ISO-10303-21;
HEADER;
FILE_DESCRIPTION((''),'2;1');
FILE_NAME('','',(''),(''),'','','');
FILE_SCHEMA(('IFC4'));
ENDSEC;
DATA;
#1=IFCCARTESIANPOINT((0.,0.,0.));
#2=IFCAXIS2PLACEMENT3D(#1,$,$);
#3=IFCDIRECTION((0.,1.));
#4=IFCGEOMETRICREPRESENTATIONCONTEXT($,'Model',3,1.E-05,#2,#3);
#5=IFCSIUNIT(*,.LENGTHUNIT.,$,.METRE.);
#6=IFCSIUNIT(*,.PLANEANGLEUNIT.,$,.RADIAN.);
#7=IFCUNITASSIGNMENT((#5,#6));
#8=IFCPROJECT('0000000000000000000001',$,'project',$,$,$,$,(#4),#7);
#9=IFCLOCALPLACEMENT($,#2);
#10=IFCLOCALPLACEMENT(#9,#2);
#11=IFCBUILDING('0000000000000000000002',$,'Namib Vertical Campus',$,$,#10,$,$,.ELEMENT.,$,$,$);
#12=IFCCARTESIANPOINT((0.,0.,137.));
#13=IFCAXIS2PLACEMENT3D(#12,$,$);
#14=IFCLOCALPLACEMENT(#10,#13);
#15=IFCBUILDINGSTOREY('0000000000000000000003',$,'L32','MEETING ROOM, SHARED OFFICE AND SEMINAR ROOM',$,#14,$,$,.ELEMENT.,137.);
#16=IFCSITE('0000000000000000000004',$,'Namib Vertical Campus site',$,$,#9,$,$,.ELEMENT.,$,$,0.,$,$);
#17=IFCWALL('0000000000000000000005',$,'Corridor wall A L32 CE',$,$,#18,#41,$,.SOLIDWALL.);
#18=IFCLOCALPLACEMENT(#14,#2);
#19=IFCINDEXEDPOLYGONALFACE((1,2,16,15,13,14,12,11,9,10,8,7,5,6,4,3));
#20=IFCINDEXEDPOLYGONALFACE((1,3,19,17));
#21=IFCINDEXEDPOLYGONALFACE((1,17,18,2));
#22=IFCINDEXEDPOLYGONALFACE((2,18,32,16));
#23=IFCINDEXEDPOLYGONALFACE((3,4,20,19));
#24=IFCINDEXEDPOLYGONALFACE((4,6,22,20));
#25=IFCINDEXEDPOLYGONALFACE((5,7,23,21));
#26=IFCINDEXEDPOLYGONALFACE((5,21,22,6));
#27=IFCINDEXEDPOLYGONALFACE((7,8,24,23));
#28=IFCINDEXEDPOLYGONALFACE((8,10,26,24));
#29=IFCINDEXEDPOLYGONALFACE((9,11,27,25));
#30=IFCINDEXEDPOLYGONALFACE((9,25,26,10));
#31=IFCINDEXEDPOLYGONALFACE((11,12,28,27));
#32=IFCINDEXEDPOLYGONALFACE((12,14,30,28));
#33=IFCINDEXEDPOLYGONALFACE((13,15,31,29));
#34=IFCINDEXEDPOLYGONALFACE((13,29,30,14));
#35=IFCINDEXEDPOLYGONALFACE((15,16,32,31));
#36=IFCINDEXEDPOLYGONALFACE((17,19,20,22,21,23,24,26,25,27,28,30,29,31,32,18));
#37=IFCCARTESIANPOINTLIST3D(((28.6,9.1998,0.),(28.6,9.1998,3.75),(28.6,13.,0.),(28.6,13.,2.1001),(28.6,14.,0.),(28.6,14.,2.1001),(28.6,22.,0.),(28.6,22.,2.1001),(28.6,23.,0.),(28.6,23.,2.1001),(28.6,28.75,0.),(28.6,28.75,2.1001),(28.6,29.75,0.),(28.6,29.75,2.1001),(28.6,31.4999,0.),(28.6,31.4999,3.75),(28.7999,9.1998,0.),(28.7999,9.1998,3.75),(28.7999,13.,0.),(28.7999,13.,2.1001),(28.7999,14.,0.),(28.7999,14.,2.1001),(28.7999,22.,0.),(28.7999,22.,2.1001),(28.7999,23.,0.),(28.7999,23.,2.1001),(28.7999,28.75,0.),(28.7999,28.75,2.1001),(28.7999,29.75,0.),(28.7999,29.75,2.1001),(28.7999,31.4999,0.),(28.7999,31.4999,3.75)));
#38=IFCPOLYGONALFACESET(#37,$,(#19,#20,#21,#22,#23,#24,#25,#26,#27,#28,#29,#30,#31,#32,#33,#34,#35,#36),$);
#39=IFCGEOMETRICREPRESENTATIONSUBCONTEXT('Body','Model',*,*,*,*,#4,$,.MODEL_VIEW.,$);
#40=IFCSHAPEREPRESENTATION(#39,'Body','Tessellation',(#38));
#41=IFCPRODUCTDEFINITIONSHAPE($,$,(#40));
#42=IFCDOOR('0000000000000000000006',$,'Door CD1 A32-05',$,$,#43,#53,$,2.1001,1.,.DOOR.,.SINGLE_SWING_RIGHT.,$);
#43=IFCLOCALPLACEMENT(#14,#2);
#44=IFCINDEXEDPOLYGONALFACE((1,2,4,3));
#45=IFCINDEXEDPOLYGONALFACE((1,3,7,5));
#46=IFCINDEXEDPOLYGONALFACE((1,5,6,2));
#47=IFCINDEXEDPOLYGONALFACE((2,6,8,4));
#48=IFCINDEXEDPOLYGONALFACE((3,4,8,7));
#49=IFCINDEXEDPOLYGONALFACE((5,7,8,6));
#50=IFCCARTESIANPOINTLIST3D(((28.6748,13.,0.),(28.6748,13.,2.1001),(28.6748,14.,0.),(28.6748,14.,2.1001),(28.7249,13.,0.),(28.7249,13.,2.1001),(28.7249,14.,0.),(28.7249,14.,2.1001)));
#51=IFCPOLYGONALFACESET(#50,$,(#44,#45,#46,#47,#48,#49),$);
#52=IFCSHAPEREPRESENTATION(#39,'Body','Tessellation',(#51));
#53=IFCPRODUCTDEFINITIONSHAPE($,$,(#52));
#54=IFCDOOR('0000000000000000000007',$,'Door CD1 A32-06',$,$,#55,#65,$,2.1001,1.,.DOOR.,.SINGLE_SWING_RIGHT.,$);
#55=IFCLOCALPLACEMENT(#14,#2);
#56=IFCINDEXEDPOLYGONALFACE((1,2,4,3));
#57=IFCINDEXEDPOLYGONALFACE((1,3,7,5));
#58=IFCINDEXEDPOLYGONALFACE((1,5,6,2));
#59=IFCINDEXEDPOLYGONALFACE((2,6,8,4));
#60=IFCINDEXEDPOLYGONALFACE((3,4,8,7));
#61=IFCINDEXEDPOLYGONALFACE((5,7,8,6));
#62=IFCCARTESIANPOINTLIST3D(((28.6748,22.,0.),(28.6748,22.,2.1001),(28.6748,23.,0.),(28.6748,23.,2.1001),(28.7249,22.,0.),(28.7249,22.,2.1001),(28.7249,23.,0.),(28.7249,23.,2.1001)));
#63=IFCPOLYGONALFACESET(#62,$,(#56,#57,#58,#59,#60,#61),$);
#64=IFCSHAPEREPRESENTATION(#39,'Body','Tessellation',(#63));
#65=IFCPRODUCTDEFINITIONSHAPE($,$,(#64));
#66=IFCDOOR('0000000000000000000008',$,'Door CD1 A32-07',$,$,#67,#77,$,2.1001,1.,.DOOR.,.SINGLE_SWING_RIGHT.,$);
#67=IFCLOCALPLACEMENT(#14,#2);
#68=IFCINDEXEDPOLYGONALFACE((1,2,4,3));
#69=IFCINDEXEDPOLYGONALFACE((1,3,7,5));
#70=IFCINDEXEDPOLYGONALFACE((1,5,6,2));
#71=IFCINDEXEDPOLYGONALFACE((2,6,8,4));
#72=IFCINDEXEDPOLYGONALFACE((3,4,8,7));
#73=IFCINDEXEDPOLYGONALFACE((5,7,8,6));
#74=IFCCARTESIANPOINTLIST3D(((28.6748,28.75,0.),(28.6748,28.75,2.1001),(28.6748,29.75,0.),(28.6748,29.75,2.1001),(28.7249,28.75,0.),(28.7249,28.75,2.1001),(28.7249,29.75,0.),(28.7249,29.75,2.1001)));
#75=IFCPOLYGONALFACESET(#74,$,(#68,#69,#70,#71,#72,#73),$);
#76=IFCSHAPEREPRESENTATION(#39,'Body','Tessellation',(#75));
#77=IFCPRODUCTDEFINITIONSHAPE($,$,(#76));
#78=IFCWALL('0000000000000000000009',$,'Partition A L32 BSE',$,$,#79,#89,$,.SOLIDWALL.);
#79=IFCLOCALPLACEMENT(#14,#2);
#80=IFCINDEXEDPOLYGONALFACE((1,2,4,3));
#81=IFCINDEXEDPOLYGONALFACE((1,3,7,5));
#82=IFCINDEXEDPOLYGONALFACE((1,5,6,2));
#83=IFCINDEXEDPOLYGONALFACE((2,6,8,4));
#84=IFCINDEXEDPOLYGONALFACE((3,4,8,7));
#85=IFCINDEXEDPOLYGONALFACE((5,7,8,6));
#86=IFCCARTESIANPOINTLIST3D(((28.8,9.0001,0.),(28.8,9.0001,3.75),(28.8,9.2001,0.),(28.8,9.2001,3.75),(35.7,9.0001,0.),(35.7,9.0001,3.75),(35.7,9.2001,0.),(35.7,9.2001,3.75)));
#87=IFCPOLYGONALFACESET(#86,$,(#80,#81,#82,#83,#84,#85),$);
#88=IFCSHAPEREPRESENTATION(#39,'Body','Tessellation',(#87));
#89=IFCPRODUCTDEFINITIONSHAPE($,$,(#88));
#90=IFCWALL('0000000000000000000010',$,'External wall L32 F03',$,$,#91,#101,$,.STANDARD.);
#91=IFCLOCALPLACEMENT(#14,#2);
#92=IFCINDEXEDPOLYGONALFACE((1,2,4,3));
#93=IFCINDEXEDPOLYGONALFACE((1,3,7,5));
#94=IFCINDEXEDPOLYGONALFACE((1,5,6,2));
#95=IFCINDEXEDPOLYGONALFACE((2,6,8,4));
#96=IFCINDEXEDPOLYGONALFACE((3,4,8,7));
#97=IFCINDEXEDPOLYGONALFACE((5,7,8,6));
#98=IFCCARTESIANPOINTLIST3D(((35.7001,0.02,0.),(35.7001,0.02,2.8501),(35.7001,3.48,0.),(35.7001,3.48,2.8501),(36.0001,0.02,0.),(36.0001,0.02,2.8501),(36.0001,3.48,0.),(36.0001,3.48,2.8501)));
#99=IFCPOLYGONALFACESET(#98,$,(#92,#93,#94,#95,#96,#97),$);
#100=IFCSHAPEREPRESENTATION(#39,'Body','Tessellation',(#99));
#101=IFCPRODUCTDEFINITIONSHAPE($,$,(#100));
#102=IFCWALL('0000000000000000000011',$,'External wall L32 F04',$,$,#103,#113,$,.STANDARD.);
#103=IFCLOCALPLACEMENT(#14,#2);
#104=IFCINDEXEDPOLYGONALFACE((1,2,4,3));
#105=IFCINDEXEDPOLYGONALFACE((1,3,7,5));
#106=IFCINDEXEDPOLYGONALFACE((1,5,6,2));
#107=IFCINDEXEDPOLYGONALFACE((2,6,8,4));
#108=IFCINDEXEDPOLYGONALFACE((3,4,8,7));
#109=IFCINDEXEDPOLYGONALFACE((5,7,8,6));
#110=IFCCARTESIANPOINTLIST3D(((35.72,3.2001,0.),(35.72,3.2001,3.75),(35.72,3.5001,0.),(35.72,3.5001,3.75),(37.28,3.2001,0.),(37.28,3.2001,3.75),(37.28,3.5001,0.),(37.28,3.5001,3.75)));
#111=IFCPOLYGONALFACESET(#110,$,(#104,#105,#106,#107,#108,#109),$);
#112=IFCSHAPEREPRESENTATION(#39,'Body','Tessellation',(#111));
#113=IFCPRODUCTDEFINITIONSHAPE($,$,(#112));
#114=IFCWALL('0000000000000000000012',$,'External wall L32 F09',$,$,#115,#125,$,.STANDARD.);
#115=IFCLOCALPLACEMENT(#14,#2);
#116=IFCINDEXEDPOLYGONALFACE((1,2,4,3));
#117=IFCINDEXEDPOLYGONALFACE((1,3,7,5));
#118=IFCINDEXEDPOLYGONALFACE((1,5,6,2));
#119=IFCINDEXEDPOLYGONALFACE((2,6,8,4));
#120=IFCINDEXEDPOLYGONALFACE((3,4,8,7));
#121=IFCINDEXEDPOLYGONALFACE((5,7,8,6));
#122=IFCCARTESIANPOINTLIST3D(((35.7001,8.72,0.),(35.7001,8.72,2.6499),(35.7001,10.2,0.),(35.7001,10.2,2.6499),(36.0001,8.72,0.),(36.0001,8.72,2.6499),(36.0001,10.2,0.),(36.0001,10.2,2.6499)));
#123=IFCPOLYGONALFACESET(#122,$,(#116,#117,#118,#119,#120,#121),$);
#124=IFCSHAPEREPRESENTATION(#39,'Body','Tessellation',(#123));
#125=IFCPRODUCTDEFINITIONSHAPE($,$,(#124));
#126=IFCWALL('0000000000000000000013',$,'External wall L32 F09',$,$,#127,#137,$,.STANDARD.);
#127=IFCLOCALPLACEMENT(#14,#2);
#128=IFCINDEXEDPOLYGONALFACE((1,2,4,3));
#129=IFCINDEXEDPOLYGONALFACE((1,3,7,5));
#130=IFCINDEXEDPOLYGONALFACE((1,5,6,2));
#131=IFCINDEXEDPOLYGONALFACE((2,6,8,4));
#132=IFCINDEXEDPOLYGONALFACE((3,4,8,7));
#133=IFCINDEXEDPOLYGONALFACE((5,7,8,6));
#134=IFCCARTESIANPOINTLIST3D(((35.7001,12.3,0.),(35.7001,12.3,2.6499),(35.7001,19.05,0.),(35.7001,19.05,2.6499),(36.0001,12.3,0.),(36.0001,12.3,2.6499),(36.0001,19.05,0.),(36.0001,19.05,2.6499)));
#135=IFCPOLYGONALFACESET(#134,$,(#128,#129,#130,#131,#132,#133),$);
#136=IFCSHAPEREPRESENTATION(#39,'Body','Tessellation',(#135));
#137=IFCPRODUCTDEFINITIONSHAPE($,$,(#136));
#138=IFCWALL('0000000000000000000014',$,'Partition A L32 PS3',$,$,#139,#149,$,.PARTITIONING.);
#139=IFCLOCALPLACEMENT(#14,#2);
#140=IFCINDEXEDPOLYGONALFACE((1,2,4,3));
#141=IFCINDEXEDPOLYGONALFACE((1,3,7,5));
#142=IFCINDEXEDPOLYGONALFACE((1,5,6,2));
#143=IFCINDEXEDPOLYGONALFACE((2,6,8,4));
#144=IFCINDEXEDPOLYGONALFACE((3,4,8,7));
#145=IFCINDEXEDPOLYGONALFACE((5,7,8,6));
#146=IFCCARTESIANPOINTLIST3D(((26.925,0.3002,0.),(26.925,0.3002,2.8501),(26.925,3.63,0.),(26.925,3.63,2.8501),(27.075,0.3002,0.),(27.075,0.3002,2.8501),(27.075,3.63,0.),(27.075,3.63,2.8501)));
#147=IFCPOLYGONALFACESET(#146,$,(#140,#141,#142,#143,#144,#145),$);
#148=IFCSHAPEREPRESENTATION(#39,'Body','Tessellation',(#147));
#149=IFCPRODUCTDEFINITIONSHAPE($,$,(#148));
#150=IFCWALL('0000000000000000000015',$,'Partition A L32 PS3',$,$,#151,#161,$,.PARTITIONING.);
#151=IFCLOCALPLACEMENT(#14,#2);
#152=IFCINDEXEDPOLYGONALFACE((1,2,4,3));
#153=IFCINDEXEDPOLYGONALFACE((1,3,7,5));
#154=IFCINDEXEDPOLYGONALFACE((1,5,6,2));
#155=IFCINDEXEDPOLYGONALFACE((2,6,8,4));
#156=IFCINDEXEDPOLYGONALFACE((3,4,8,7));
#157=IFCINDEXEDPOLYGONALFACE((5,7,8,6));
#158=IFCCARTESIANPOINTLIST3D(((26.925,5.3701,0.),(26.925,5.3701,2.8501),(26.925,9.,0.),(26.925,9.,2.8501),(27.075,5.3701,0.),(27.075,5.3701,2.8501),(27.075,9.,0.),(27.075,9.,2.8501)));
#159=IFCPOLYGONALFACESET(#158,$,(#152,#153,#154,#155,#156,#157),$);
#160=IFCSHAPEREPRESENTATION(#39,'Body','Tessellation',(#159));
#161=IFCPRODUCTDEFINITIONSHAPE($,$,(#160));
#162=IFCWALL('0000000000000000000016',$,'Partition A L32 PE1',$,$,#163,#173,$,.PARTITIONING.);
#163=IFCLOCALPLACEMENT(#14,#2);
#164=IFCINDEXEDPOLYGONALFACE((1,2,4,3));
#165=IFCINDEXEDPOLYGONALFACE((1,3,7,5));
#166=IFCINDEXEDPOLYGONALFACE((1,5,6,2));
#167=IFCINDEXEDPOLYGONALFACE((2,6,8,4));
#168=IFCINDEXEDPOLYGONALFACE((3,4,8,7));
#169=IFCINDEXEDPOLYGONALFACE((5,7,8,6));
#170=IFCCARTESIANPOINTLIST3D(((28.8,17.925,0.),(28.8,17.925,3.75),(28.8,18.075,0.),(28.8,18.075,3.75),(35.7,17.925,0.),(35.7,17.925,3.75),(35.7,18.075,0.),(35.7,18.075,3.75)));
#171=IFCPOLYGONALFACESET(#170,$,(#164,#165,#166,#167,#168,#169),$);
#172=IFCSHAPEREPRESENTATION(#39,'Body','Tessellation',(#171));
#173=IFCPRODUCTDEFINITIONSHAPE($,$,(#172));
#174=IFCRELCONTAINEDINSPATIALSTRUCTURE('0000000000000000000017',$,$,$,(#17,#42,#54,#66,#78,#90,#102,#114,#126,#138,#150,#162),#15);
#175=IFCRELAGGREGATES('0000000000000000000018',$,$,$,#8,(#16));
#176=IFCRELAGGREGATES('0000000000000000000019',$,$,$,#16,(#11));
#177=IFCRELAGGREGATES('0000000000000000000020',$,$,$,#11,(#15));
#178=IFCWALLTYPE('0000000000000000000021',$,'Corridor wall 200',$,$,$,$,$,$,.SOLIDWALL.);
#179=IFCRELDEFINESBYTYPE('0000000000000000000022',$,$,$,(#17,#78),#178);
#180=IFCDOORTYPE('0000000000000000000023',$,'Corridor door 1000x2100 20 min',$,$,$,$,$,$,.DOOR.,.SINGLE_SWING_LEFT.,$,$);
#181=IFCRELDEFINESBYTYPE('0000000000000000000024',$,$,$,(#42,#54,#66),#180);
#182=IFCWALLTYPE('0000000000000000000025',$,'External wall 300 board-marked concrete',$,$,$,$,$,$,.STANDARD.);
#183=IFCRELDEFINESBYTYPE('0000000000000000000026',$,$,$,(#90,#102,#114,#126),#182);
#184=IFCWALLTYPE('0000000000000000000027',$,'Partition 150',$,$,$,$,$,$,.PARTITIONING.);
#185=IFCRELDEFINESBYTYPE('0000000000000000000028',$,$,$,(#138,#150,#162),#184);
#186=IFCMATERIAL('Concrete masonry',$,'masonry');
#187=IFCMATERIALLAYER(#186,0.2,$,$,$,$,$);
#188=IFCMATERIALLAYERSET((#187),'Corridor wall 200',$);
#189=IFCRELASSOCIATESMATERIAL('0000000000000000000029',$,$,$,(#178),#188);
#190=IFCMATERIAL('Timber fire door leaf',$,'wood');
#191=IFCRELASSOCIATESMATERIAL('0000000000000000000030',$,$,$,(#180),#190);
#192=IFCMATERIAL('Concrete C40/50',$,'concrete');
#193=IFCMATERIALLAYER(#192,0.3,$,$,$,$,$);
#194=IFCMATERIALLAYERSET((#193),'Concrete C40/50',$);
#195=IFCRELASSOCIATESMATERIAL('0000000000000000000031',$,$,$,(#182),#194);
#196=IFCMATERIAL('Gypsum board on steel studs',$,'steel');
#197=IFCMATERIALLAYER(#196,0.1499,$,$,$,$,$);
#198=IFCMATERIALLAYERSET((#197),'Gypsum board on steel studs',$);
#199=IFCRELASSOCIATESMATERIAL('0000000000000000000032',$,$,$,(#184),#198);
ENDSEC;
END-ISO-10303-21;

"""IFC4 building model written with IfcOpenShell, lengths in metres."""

from ifc_helpers import new_model, si_unit, direction, frame, frame_2d, origin, place, context, subcontext, project, spatial, rectangle, extrude, material, layer, layer_set, type_object, element, fill, save


model = new_model("IFC4")

# Units and contexts
model_context = context("Model", 3, precision=1e-05, world=origin(), true_north=direction((0.0, 1.0)))
body_context = subcontext(model_context, "Body", "Model", "MODEL_VIEW")
ifc_project = project(units=[si_unit("LENGTHUNIT", "METRE"), si_unit("PLANEANGLEUNIT", "RADIAN")], contexts=[model_context])

# Site, building, storey
site_placement = place(None, origin())
site = spatial("IfcSite", under=ifc_project, at=site_placement, Name="Namib Vertical Campus site", CompositionType="ELEMENT", RefElevation=0.0)
building_placement = place(site_placement, origin())
building = spatial("IfcBuilding", under=site, at=building_placement, Name="Namib Vertical Campus", CompositionType="ELEMENT")
storey_placement = place(building_placement, frame((0.0, 0.0, 137.0)))
storey = spatial("IfcBuildingStorey", under=building, at=storey_placement, Name="L32", Description="MEETING ROOM, SHARED OFFICE AND SEMINAR ROOM", CompositionType="ELEMENT", Elevation=137.0)

# Wall, openings, doors
ifc_material_1 = material(Name="Concrete masonry", Category="masonry")
ifc_layer_1 = layer(ifc_material_1, 0.2)
ifc_layer_set_1 = layer_set([ifc_layer_1], Name="Corridor wall 200")
wall_type_1 = type_object("IfcWallType", Name="Corridor wall 200", PredefinedType="SOLIDWALL", material=ifc_layer_set_1)
wall_1_placement = place(storey_placement, frame((28.7, 9.2, 0.0), z_axis=(0.0, 0.0, 1.0), x_axis=(0.0, 1.0, 0.0)))
wall_1 = element("IfcWall", 1, at=wall_1_placement, inside=storey, type_object=wall_type_1, Name="Corridor wall A L32 CE", PredefinedType="SOLIDWALL", context=body_context, shape_type="SweptSolid", body=[
    extrude(rectangle(XDim=22.3, YDim=0.2, at=frame_2d((11.1499, 0.0))), origin(), (0.0, 0.0, 1.0), 3.75),
])
opening_1_placement = place(wall_1_placement, frame((3.8, 0.0, 0.0)))
opening_1 = element("IfcOpeningElement", 2, at=opening_1_placement, cuts=wall_1, PredefinedType="OPENING", context=body_context, shape_type="SweptSolid", body=[
    extrude(rectangle(XDim=1.0, YDim=2.1001, at=frame_2d((0.5, 1.05))), frame((0.0, 0.1099, 0.0), z_axis=(0.0, -1.0, 0.0), x_axis=(1.0, 0.0, 0.0)), (0.0, 0.0, 1.0), 0.22),
])
opening_2_placement = place(wall_1_placement, frame((12.8, 0.0, 0.0)))
opening_2 = element("IfcOpeningElement", 3, at=opening_2_placement, cuts=wall_1, PredefinedType="OPENING", context=body_context, shape_type="SweptSolid", body=[
    extrude(rectangle(XDim=1.0, YDim=2.1001, at=frame_2d((0.5, 1.05))), frame((0.0, 0.1099, 0.0), z_axis=(0.0, -1.0, 0.0), x_axis=(1.0, 0.0, 0.0)), (0.0, 0.0, 1.0), 0.22),
])
opening_3_placement = place(wall_1_placement, frame((19.55, 0.0, 0.0)))
opening_3 = element("IfcOpeningElement", 4, at=opening_3_placement, cuts=wall_1, PredefinedType="OPENING", context=body_context, shape_type="SweptSolid", body=[
    extrude(rectangle(XDim=1.0, YDim=2.1001, at=frame_2d((0.5, 1.05))), frame((0.0, 0.1099, 0.0), z_axis=(0.0, -1.0, 0.0), x_axis=(1.0, 0.0, 0.0)), (0.0, 0.0, 1.0), 0.22),
])
ifc_material_2 = material(Name="Timber fire door leaf", Category="wood")
door_type = type_object("IfcDoorType", Name="Corridor door 1000x2100 20 min", OperationType="SINGLE_SWING_LEFT", PredefinedType="DOOR", material=ifc_material_2)
door_1_placement = place(opening_1_placement, frame((1.0, 0.0, 0.0), z_axis=(0.0, 0.0, 1.0), x_axis=(-1.0, 0.0, 0.0)))
door_1 = element("IfcDoor", 5, at=door_1_placement, inside=storey, type_object=door_type, Name="Door CD1 A32-05", OperationType="SINGLE_SWING_RIGHT", OverallHeight=2.1001, OverallWidth=1.0, PredefinedType="DOOR", context=body_context, shape_type="SweptSolid", body=[
    extrude(rectangle(XDim=1.0, YDim=2.1001, at=frame_2d((0.5, 1.05))), frame((0.0, 0.0249, 0.0), z_axis=(0.0, -1.0, 0.0), x_axis=(1.0, 0.0, 0.0)), (0.0, 0.0, 1.0), 0.05),
])
fill(opening_1, door_1)
door_2_placement = place(opening_2_placement, frame((1.0, 0.0, 0.0), z_axis=(0.0, 0.0, 1.0), x_axis=(-1.0, 0.0, 0.0)))
door_2 = element("IfcDoor", 6, at=door_2_placement, inside=storey, type_object=door_type, Name="Door CD1 A32-06", OperationType="SINGLE_SWING_RIGHT", OverallHeight=2.1001, OverallWidth=1.0, PredefinedType="DOOR", context=body_context, shape_type="SweptSolid", body=[
    extrude(rectangle(XDim=1.0, YDim=2.1001, at=frame_2d((0.5, 1.05))), frame((0.0, 0.0249, 0.0), z_axis=(0.0, -1.0, 0.0), x_axis=(1.0, 0.0, 0.0)), (0.0, 0.0, 1.0), 0.05),
])
fill(opening_2, door_2)
door_3_placement = place(opening_3_placement, frame((1.0, 0.0, 0.0), z_axis=(0.0, 0.0, 1.0), x_axis=(-1.0, 0.0, 0.0)))
door_3 = element("IfcDoor", 7, at=door_3_placement, inside=storey, type_object=door_type, Name="Door CD1 A32-07", OperationType="SINGLE_SWING_RIGHT", OverallHeight=2.1001, OverallWidth=1.0, PredefinedType="DOOR", context=body_context, shape_type="SweptSolid", body=[
    extrude(rectangle(XDim=1.0, YDim=2.1001, at=frame_2d((0.5, 1.05))), frame((0.0, 0.0249, 0.0), z_axis=(0.0, -1.0, 0.0), x_axis=(1.0, 0.0, 0.0)), (0.0, 0.0, 1.0), 0.05),
])
fill(opening_3, door_3)

# Walls
wall_2_placement = place(storey_placement, frame((28.8, 9.1001, 0.0), z_axis=(0.0, 0.0, 1.0), x_axis=(1.0, 0.0, 0.0)))
element("IfcWall", 8, at=wall_2_placement, inside=storey, type_object=wall_type_1, Name="Partition A L32 BSE", PredefinedType="SOLIDWALL", context=body_context, shape_type="SweptSolid", body=[
    extrude(rectangle(XDim=6.8999, YDim=0.2, at=frame_2d((3.45, 0.0))), origin(), (0.0, 0.0, 1.0), 3.75),
])
ifc_material_3 = material(Name="Concrete C40/50", Category="concrete")
ifc_layer_2 = layer(ifc_material_3, 0.3)
ifc_layer_set_2 = layer_set([ifc_layer_2], Name="Concrete C40/50")
wall_type_2 = type_object("IfcWallType", Name="External wall 300 board-marked concrete", PredefinedType="STANDARD", material=ifc_layer_set_2)
wall_3_placement = place(storey_placement, frame((35.8501, 0.02, 0.0), z_axis=(0.0, 0.0, 1.0), x_axis=(0.0, 1.0, 0.0)))
element("IfcWall", 9, at=wall_3_placement, inside=storey, type_object=wall_type_2, Name="External wall L32 F03", PredefinedType="STANDARD", context=body_context, shape_type="SweptSolid", body=[
    extrude(rectangle(XDim=3.46, YDim=0.3, at=frame_2d((1.73, 0.0))), origin(), (0.0, 0.0, 1.0), 2.8501),
])
wall_4_placement = place(storey_placement, frame((35.72, 3.3501, 0.0), z_axis=(0.0, 0.0, 1.0), x_axis=(1.0, 0.0, 0.0)))
element("IfcWall", 10, at=wall_4_placement, inside=storey, type_object=wall_type_2, Name="External wall L32 F04", PredefinedType="STANDARD", context=body_context, shape_type="SweptSolid", body=[
    extrude(rectangle(XDim=1.5601, YDim=0.3, at=frame_2d((0.78, 0.0))), origin(), (0.0, 0.0, 1.0), 3.75),
])
wall_5_placement = place(storey_placement, frame((35.8501, 8.72, 0.0), z_axis=(0.0, 0.0, 1.0), x_axis=(0.0, 1.0, 0.0)))
element("IfcWall", 11, at=wall_5_placement, inside=storey, type_object=wall_type_2, Name="External wall L32 F09", PredefinedType="STANDARD", context=body_context, shape_type="SweptSolid", body=[
    extrude(rectangle(XDim=1.48, YDim=0.3, at=frame_2d((0.74, 0.0))), origin(), (0.0, 0.0, 1.0), 2.6499),
])
wall_6_placement = place(storey_placement, frame((35.8501, 12.3, 0.0), z_axis=(0.0, 0.0, 1.0), x_axis=(0.0, 1.0, 0.0)))
element("IfcWall", 12, at=wall_6_placement, inside=storey, type_object=wall_type_2, Name="External wall L32 F09", PredefinedType="STANDARD", context=body_context, shape_type="SweptSolid", body=[
    extrude(rectangle(XDim=6.75, YDim=0.3, at=frame_2d((3.375, 0.0))), origin(), (0.0, 0.0, 1.0), 2.6499),
])
ifc_material_4 = material(Name="Gypsum board on steel studs", Category="steel")
ifc_layer_3 = layer(ifc_material_4, 0.1499)
ifc_layer_set_3 = layer_set([ifc_layer_3], Name="Gypsum board on steel studs")
wall_type_3 = type_object("IfcWallType", Name="Partition 150", PredefinedType="PARTITIONING", material=ifc_layer_set_3)
wall_7_placement = place(storey_placement, frame((27.0, 0.3, 0.0), z_axis=(0.0, 0.0, 1.0), x_axis=(0.0, 1.0, 0.0)))
element("IfcWall", 13, at=wall_7_placement, inside=storey, type_object=wall_type_3, Name="Partition A L32 PS3", PredefinedType="PARTITIONING", context=body_context, shape_type="SweptSolid", body=[
    extrude(rectangle(XDim=3.3298, YDim=0.1499, at=frame_2d((1.665, 0.0))), origin(), (0.0, 0.0, 1.0), 2.8501),
])
wall_8_placement = place(storey_placement, frame((27.0, 5.3701, 0.0), z_axis=(0.0, 0.0, 1.0), x_axis=(0.0, 1.0, 0.0)))
element("IfcWall", 14, at=wall_8_placement, inside=storey, type_object=wall_type_3, Name="Partition A L32 PS3", PredefinedType="PARTITIONING", context=body_context, shape_type="SweptSolid", body=[
    extrude(rectangle(XDim=3.6299, YDim=0.1499, at=frame_2d((1.8149, 0.0))), origin(), (0.0, 0.0, 1.0), 2.8501),
])
wall_9_placement = place(storey_placement, frame((28.8, 18.0, 0.0), z_axis=(0.0, 0.0, 1.0), x_axis=(1.0, 0.0, 0.0)))
element("IfcWall", 15, at=wall_9_placement, inside=storey, type_object=wall_type_3, Name="Partition A L32 PE1", PredefinedType="PARTITIONING", context=body_context, shape_type="SweptSolid", body=[
    extrude(rectangle(XDim=6.8999, YDim=0.1499, at=frame_2d((3.45, 0.0))), origin(), (0.0, 0.0, 1.0), 3.75),
])

save(model, "model.ifc")
